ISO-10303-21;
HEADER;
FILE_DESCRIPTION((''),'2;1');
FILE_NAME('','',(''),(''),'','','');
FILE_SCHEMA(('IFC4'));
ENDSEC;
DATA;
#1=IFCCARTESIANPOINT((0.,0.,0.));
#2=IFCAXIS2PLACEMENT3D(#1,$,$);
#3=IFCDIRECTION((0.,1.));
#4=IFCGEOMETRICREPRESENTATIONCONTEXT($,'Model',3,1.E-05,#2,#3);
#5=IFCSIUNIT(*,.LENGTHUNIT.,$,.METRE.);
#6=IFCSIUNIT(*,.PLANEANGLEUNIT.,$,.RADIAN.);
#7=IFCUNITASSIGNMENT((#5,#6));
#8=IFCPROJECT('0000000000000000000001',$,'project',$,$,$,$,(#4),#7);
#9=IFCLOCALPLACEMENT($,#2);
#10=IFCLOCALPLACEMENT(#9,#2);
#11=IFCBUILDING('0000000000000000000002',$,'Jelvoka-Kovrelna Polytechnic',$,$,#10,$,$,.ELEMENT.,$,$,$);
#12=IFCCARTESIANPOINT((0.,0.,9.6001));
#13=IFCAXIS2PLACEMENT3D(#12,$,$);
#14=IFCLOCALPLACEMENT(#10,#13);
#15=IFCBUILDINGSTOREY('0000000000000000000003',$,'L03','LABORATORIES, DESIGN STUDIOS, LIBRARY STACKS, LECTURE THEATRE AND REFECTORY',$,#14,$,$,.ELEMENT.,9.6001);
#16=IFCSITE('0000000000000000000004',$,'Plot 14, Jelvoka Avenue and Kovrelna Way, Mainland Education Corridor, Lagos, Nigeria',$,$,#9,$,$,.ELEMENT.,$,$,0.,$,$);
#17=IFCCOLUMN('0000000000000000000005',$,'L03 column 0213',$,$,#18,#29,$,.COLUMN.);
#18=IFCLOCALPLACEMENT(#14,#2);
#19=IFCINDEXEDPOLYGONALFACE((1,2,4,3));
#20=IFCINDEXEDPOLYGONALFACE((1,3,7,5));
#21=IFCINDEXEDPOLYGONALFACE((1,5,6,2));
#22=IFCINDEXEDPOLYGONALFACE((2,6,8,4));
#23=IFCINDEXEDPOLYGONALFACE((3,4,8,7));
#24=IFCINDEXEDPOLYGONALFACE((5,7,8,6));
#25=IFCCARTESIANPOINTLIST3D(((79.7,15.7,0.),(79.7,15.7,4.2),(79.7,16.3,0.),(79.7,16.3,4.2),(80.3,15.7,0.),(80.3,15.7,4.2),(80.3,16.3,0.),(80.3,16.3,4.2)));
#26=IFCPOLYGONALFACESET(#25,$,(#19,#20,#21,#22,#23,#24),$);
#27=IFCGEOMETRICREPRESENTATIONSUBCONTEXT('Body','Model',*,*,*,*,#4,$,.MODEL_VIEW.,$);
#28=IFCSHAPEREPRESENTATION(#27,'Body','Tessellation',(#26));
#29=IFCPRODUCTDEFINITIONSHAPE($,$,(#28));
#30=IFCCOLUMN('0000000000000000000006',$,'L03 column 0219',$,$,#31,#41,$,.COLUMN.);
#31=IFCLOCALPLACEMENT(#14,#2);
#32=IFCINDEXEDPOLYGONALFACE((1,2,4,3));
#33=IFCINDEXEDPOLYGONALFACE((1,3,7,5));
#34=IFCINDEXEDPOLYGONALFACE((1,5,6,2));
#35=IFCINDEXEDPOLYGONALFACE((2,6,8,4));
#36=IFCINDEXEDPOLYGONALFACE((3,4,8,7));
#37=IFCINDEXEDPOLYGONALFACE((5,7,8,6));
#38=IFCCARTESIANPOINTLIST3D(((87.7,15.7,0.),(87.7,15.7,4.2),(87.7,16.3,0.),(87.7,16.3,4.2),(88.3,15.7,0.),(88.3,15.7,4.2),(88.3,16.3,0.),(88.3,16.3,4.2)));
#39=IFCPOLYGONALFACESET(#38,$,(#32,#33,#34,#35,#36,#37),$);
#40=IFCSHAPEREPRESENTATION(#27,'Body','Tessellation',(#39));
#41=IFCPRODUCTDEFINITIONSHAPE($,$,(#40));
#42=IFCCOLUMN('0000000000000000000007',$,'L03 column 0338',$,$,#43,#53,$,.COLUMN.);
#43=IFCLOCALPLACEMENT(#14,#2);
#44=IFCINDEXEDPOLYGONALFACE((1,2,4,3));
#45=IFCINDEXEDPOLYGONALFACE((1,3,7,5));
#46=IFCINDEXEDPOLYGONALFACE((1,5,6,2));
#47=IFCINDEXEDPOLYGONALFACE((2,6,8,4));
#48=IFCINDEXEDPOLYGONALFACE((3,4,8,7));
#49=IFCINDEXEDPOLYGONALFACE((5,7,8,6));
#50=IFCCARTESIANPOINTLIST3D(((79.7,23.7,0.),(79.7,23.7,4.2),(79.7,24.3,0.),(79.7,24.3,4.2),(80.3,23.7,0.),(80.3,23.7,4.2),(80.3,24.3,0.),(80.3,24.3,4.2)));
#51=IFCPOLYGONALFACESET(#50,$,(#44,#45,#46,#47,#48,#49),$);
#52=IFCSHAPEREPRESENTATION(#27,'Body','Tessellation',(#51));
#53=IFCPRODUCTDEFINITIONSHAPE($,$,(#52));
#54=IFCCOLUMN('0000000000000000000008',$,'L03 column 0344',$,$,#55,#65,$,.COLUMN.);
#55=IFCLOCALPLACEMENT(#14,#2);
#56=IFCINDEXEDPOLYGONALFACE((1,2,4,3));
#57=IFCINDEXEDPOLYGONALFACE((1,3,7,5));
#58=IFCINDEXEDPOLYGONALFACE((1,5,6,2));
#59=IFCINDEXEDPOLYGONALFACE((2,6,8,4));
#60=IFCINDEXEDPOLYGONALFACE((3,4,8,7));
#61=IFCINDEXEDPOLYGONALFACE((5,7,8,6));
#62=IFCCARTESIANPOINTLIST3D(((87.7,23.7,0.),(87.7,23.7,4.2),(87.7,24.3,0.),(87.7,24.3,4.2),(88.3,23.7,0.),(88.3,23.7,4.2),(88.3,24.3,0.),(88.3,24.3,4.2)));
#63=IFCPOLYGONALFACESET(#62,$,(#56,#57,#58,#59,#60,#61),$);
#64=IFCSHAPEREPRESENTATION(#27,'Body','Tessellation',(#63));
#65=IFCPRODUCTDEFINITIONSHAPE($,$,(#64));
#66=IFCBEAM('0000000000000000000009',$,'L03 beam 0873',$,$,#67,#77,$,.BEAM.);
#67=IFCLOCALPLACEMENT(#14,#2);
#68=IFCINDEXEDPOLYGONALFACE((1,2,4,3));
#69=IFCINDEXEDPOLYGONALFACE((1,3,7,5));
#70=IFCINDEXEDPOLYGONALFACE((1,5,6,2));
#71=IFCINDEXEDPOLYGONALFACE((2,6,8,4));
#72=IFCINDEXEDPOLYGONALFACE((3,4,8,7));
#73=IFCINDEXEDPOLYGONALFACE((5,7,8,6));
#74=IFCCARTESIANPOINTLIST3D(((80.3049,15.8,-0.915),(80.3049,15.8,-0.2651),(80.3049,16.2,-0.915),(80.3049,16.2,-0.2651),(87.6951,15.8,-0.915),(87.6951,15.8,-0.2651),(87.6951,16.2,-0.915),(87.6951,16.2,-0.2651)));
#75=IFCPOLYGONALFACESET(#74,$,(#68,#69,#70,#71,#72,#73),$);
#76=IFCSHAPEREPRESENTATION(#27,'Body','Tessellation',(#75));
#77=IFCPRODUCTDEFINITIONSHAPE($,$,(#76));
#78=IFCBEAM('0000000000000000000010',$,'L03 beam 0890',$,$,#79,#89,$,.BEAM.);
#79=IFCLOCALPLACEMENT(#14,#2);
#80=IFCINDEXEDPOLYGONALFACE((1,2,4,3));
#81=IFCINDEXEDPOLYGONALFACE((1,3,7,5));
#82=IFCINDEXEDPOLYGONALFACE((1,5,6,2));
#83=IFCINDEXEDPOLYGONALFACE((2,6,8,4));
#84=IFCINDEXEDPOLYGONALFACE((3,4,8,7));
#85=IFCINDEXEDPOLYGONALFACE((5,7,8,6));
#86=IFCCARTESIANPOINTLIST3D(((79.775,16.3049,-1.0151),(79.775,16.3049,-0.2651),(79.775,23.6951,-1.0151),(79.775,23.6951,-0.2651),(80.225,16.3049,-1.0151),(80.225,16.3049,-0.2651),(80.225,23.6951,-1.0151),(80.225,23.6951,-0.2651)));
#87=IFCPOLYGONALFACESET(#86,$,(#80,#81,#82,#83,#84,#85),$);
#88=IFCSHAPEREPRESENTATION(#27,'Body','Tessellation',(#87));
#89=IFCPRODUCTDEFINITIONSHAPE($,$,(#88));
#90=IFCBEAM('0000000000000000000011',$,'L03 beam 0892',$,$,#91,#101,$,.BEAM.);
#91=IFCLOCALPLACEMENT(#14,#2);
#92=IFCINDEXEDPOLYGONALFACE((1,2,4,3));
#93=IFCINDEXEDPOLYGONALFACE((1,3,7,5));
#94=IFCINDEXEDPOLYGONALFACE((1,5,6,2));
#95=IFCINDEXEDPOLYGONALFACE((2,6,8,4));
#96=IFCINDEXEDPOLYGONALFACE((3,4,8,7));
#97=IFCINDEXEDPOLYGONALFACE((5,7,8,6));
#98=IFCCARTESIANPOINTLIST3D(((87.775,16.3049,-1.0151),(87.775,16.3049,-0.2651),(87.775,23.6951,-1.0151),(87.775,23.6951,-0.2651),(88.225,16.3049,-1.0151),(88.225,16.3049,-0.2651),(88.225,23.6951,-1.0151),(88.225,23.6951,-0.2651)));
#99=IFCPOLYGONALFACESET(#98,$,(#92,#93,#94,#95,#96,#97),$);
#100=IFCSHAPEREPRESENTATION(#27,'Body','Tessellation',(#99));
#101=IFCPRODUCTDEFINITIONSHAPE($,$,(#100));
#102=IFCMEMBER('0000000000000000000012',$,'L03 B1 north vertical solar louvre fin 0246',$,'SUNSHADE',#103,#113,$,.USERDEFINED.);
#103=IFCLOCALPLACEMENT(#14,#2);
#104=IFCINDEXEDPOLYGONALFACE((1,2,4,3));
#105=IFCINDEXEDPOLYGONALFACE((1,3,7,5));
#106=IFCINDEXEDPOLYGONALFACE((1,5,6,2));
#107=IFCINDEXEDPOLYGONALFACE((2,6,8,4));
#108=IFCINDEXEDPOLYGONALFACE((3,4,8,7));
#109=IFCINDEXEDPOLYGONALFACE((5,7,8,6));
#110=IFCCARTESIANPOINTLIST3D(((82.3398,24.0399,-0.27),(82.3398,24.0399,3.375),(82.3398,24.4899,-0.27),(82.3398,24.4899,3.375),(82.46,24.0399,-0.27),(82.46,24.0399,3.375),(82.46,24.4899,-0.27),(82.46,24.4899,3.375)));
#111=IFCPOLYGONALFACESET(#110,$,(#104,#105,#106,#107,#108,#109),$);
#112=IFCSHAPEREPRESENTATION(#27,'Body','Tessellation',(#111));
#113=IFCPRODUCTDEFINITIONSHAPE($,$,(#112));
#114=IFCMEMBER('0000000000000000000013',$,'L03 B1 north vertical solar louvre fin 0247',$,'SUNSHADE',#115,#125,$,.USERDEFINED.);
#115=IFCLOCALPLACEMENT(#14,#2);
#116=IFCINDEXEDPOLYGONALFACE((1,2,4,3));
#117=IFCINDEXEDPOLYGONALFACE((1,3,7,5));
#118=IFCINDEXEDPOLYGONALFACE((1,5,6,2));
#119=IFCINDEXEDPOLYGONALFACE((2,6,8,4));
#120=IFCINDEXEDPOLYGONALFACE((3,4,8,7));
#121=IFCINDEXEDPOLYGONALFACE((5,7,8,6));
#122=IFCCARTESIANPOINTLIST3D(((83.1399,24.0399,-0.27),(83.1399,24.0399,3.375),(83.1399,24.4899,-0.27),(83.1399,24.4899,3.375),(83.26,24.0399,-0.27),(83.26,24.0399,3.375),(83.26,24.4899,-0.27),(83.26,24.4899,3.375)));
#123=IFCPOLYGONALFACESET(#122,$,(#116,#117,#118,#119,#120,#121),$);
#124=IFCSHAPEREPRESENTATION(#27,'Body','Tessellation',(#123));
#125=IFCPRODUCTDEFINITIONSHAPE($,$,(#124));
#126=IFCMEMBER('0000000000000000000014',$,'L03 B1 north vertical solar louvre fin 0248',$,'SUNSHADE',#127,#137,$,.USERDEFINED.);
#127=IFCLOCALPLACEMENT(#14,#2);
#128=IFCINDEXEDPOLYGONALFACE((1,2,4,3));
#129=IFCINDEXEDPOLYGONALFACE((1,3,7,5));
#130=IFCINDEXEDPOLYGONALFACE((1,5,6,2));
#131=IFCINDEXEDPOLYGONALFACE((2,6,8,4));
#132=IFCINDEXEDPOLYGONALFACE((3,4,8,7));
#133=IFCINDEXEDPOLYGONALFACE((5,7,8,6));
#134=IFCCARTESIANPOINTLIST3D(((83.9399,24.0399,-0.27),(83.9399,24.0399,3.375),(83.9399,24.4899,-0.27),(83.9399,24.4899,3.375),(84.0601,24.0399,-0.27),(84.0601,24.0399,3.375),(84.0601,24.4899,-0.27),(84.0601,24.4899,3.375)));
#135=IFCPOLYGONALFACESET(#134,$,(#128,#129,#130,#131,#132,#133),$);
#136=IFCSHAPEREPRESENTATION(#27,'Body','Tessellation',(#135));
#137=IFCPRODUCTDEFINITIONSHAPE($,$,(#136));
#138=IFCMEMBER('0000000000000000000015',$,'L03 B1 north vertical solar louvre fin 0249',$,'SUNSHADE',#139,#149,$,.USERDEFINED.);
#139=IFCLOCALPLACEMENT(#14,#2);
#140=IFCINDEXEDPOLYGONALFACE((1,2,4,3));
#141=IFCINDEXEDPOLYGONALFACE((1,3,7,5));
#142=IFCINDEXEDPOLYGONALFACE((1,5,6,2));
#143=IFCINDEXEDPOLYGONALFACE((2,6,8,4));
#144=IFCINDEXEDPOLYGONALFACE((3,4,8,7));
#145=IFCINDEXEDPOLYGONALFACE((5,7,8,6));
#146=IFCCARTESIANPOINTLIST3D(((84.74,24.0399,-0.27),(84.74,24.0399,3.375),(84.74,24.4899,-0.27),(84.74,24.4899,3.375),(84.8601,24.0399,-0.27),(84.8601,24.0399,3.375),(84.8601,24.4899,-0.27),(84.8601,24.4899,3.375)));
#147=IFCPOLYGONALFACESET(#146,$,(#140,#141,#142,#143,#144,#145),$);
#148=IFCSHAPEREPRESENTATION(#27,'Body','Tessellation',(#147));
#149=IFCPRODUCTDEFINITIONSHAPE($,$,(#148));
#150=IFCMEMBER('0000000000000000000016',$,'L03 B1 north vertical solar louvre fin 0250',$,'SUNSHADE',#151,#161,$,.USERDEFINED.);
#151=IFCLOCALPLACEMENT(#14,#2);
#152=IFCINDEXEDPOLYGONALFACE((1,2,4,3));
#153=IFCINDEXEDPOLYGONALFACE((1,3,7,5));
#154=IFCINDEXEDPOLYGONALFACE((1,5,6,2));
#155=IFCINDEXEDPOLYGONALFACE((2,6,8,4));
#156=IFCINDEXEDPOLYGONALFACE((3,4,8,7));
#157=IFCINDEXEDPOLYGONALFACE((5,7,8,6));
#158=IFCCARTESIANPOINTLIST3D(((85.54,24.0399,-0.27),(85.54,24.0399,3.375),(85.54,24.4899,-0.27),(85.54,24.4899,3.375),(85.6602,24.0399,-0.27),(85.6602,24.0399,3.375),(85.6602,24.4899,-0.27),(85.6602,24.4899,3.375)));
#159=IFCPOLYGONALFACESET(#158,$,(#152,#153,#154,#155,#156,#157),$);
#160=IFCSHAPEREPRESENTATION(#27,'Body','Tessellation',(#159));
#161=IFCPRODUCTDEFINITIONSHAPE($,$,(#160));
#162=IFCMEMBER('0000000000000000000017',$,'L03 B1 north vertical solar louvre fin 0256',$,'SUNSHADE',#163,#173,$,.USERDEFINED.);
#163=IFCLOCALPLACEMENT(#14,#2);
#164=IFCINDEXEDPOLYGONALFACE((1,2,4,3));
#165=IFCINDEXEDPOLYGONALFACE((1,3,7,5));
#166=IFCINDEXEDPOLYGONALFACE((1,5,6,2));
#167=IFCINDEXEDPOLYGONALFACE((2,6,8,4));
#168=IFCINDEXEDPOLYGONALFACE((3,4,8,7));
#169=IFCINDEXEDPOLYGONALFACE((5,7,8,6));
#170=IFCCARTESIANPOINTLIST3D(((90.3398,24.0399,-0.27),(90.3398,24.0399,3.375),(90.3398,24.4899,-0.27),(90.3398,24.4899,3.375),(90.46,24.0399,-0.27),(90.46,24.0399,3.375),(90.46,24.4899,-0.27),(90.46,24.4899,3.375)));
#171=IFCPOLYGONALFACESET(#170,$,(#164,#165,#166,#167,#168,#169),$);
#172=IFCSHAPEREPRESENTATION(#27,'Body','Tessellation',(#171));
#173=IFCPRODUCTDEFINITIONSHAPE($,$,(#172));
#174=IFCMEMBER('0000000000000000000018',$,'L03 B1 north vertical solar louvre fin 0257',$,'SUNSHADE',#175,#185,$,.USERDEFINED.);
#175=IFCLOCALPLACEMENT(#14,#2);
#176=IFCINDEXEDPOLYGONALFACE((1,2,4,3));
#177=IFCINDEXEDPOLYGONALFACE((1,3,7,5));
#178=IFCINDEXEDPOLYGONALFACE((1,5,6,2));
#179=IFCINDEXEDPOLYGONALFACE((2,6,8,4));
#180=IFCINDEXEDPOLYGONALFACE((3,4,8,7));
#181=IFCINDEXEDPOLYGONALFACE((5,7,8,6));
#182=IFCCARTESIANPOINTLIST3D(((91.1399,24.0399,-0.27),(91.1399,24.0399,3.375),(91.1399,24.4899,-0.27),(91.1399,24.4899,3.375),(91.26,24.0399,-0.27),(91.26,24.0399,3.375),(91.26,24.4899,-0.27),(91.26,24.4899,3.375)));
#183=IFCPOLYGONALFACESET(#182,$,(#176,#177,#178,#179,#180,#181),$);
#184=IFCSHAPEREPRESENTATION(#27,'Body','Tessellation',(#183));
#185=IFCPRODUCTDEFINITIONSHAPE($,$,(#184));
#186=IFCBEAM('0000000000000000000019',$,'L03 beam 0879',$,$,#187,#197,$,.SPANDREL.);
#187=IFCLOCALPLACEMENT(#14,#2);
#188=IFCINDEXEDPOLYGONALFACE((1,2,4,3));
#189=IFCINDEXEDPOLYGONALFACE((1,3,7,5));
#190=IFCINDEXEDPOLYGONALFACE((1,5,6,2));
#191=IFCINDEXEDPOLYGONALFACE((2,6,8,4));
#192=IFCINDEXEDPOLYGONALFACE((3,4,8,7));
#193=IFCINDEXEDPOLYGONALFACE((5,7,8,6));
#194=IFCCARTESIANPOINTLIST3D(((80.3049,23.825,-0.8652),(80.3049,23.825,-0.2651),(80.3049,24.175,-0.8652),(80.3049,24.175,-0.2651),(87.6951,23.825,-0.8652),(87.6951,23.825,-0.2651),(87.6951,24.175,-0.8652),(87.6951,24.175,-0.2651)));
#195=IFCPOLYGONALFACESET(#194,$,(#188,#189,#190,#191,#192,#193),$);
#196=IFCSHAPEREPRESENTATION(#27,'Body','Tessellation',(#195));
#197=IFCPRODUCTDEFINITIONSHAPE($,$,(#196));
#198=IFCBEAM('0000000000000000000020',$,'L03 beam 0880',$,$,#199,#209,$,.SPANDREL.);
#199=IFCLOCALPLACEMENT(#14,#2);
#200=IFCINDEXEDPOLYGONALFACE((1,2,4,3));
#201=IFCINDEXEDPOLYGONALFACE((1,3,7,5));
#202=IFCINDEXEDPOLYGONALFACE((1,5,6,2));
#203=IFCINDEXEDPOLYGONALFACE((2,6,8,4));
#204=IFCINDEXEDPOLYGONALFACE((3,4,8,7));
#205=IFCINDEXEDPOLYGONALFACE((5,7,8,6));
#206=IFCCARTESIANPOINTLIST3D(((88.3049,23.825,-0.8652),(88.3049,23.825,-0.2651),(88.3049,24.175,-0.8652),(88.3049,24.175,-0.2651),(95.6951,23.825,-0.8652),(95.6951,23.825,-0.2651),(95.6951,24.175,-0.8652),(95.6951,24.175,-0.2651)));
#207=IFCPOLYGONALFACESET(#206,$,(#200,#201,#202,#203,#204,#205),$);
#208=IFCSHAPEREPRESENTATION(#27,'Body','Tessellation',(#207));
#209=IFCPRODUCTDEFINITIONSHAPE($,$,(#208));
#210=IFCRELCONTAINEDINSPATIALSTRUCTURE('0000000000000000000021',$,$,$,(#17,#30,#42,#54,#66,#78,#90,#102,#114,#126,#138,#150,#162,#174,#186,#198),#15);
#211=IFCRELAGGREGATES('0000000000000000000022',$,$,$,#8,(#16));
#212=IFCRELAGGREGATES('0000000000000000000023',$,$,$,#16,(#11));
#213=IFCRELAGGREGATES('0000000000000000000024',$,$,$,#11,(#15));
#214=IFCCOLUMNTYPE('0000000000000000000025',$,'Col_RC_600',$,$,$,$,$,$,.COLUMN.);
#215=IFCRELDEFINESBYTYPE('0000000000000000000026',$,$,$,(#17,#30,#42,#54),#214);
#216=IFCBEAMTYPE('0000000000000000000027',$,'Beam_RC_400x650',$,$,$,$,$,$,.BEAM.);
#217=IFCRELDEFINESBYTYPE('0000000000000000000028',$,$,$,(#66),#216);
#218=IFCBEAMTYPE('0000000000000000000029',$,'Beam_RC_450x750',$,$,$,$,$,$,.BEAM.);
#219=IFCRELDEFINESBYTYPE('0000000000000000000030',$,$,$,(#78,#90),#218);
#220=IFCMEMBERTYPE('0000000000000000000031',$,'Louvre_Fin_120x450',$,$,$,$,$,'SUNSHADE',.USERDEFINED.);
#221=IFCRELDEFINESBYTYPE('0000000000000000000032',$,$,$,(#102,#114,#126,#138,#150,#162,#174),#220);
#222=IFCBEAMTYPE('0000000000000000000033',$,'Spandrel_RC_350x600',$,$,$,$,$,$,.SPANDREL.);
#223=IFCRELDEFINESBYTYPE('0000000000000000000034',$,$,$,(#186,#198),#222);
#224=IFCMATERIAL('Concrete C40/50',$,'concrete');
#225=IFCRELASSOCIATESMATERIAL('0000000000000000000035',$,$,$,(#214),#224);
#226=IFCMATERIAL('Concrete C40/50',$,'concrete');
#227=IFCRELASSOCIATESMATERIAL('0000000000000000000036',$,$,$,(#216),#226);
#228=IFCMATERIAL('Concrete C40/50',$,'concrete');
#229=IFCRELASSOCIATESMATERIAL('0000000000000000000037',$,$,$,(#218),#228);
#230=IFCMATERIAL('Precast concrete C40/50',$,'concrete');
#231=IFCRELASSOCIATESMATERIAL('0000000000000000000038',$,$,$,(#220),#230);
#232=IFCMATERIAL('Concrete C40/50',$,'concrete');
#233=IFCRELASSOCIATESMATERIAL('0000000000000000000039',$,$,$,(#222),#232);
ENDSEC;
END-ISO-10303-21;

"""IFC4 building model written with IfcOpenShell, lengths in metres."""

from ifc_helpers import new_model, si_unit, direction, frame, origin, origin_2d, place, context, subcontext, project, spatial, rectangle, extrude, material, material_profile, profile_set, type_object, element, save


model = new_model("IFC4")

# Units and contexts
model_context = context("Model", 3, precision=1e-05, world=origin(), true_north=direction((0.0, 1.0)))
body_context = subcontext(model_context, "Body", "Model", "MODEL_VIEW")
ifc_project = project(units=[si_unit("LENGTHUNIT", "METRE"), si_unit("PLANEANGLEUNIT", "RADIAN")], contexts=[model_context])

# Site, building, storey
site_placement = place(None, origin())
site = spatial("IfcSite", under=ifc_project, at=site_placement, Name="Plot 14, Jelvoka Avenue and Kovrelna Way, Mainland Education Corridor, Lagos, Nigeria", CompositionType="ELEMENT", RefElevation=0.0)
building_placement = place(site_placement, origin())
building = spatial("IfcBuilding", under=site, at=building_placement, Name="Jelvoka-Kovrelna Polytechnic", CompositionType="ELEMENT")
storey_placement = place(building_placement, frame((0.0, 0.0, 9.6001)))
storey = spatial("IfcBuildingStorey", under=building, at=storey_placement, Name="L03", Description="LABORATORIES, DESIGN STUDIOS, LIBRARY STACKS, LECTURE THEATRE AND REFECTORY", CompositionType="ELEMENT", Elevation=9.6001)

# Columns
ifc_material_1 = material(Name="Concrete C40/50", Category="concrete")
ifc_material_profile_1 = material_profile(ifc_material_1, rectangle(XDim=0.6001, YDim=0.6001, at=origin_2d()), Name="RC 600x600")
ifc_profile_set_1 = profile_set([ifc_material_profile_1], Name="Concrete C40/50")
column_type = type_object("IfcColumnType", Name="Col_RC_600", PredefinedType="COLUMN", material=ifc_profile_set_1)
for number, where, z_axis, x_axis, name in (
    (1, (80.0, 16.0, 0.0), (0.0, 0.0, 1.0), (1.0, 0.0, 0.0), "L03 column 0213"),
    (2, (88.0, 16.0, 0.0), (0.0, 0.0, 1.0), (1.0, 0.0, 0.0), "L03 column 0219"),
    (3, (80.0, 24.0, 0.0), (0.0, 0.0, 1.0), (1.0, 0.0, 0.0), "L03 column 0338"),
    (4, (88.0, 24.0, 0.0), (0.0, 0.0, 1.0), (1.0, 0.0, 0.0), "L03 column 0344"),
):
    element("IfcColumn", number, at=place(storey_placement, frame(where, z_axis=z_axis, x_axis=x_axis)), inside=storey, type_object=column_type, Name=name, PredefinedType="COLUMN", context=body_context, shape_type="SweptSolid", body=[
        extrude(rectangle(XDim=0.6001, YDim=0.6001, at=origin_2d()), origin(), (0.0, 0.0, 1.0), 4.2),
    ])

# Beams
ifc_material_2 = material(Name="Concrete C40/50", Category="concrete")
ifc_material_profile_2 = material_profile(ifc_material_2, rectangle(XDim=0.3999, YDim=0.6499, at=origin_2d()), Name="RC 400x650")
ifc_profile_set_2 = profile_set([ifc_material_profile_2], Name="Concrete C40/50")
beam_type_1 = type_object("IfcBeamType", Name="Beam_RC_400x650", PredefinedType="BEAM", material=ifc_profile_set_2)
beam_placement = place(storey_placement, frame((80.3049, 16.0, -0.5901), z_axis=(1.0, 0.0, 0.0), x_axis=(0.0, 1.0, 0.0)))
element("IfcBeam", 5, at=beam_placement, inside=storey, type_object=beam_type_1, Name="L03 beam 0873", PredefinedType="BEAM", context=body_context, shape_type="SweptSolid", body=[
    extrude(rectangle(XDim=0.3999, YDim=0.6499, at=origin_2d()), origin(), (0.0, 0.0, 1.0), 7.3901),
])
ifc_material_3 = material(Name="Concrete C40/50", Category="concrete")
ifc_material_profile_3 = material_profile(ifc_material_3, rectangle(XDim=0.45, YDim=0.75, at=origin_2d()), Name="RC 450x750")
ifc_profile_set_3 = profile_set([ifc_material_profile_3], Name="Concrete C40/50")
beam_type_2 = type_object("IfcBeamType", Name="Beam_RC_450x750", PredefinedType="BEAM", material=ifc_profile_set_3)
for number, where, z_axis, x_axis, name in (
    (6, (80.0, 16.3049, -0.6401), (0.0, 1.0, 0.0), (-1.0, 0.0, 0.0), "L03 beam 0890"),
    (7, (88.0, 16.3049, -0.6401), (0.0, 1.0, 0.0), (-1.0, 0.0, 0.0), "L03 beam 0892"),
):
    element("IfcBeam", number, at=place(storey_placement, frame(where, z_axis=z_axis, x_axis=x_axis)), inside=storey, type_object=beam_type_2, Name=name, PredefinedType="BEAM", context=body_context, shape_type="SweptSolid", body=[
        extrude(rectangle(XDim=0.45, YDim=0.75, at=origin_2d()), origin(), (0.0, 0.0, 1.0), 7.3901),
    ])

# Members
ifc_material_4 = material(Name="Precast concrete C40/50", Category="concrete")
ifc_material_profile_4 = material_profile(ifc_material_4, rectangle(XDim=0.1201, YDim=0.45, at=origin_2d()), Name="PC 120x450")
ifc_profile_set_4 = profile_set([ifc_material_profile_4], Name="Precast concrete C40/50")
member_type = type_object("IfcMemberType", Name="Louvre_Fin_120x450", ElementType="SUNSHADE", PredefinedType="USERDEFINED", material=ifc_profile_set_4)
for number, where, z_axis, x_axis, name in (
    (8, (82.3999, 24.2649, -0.27), (0.0, 0.0, 1.0), (1.0, 0.0, 0.0), "L03 B1 north vertical solar louvre fin 0246"),
    (9, (83.2, 24.2649, -0.27), (0.0, 0.0, 1.0), (1.0, 0.0, 0.0), "L03 B1 north vertical solar louvre fin 0247"),
    (10, (84.0, 24.2649, -0.27), (0.0, 0.0, 1.0), (1.0, 0.0, 0.0), "L03 B1 north vertical solar louvre fin 0248"),
    (11, (84.8, 24.2649, -0.27), (0.0, 0.0, 1.0), (1.0, 0.0, 0.0), "L03 B1 north vertical solar louvre fin 0249"),
    (12, (85.6001, 24.2649, -0.27), (0.0, 0.0, 1.0), (1.0, 0.0, 0.0), "L03 B1 north vertical solar louvre fin 0250"),
    (13, (90.3999, 24.2649, -0.27), (0.0, 0.0, 1.0), (1.0, 0.0, 0.0), "L03 B1 north vertical solar louvre fin 0256"),
    (14, (91.2, 24.2649, -0.27), (0.0, 0.0, 1.0), (1.0, 0.0, 0.0), "L03 B1 north vertical solar louvre fin 0257"),
):
    element("IfcMember", number, at=place(storey_placement, frame(where, z_axis=z_axis, x_axis=x_axis)), inside=storey, type_object=member_type, Name=name, ObjectType="SUNSHADE", PredefinedType="USERDEFINED", context=body_context, shape_type="SweptSolid", body=[
        extrude(rectangle(XDim=0.1201, YDim=0.45, at=origin_2d()), origin(), (0.0, 0.0, 1.0), 3.645),
    ])

# Beams
ifc_material_5 = material(Name="Concrete C40/50", Category="concrete")
ifc_material_profile_5 = material_profile(ifc_material_5, rectangle(XDim=0.3501, YDim=0.6001, at=origin_2d()), Name="RC 350x600")
ifc_profile_set_5 = profile_set([ifc_material_profile_5], Name="Concrete C40/50")
beam_type_3 = type_object("IfcBeamType", Name="Spandrel_RC_350x600", PredefinedType="SPANDREL", material=ifc_profile_set_5)
for number, where, z_axis, x_axis, name in (
    (15, (80.3049, 24.0, -0.5652), (1.0, 0.0, 0.0), (0.0, 1.0, 0.0), "L03 beam 0879"),
    (16, (88.3049, 24.0, -0.5652), (1.0, 0.0, 0.0), (0.0, 1.0, 0.0), "L03 beam 0880"),
):
    element("IfcBeam", number, at=place(storey_placement, frame(where, z_axis=z_axis, x_axis=x_axis)), inside=storey, type_object=beam_type_3, Name=name, PredefinedType="SPANDREL", context=body_context, shape_type="SweptSolid", body=[
        extrude(rectangle(XDim=0.3501, YDim=0.6001, at=origin_2d()), origin(), (0.0, 0.0, 1.0), 7.3901),
    ])

save(model, "model.ifc")
